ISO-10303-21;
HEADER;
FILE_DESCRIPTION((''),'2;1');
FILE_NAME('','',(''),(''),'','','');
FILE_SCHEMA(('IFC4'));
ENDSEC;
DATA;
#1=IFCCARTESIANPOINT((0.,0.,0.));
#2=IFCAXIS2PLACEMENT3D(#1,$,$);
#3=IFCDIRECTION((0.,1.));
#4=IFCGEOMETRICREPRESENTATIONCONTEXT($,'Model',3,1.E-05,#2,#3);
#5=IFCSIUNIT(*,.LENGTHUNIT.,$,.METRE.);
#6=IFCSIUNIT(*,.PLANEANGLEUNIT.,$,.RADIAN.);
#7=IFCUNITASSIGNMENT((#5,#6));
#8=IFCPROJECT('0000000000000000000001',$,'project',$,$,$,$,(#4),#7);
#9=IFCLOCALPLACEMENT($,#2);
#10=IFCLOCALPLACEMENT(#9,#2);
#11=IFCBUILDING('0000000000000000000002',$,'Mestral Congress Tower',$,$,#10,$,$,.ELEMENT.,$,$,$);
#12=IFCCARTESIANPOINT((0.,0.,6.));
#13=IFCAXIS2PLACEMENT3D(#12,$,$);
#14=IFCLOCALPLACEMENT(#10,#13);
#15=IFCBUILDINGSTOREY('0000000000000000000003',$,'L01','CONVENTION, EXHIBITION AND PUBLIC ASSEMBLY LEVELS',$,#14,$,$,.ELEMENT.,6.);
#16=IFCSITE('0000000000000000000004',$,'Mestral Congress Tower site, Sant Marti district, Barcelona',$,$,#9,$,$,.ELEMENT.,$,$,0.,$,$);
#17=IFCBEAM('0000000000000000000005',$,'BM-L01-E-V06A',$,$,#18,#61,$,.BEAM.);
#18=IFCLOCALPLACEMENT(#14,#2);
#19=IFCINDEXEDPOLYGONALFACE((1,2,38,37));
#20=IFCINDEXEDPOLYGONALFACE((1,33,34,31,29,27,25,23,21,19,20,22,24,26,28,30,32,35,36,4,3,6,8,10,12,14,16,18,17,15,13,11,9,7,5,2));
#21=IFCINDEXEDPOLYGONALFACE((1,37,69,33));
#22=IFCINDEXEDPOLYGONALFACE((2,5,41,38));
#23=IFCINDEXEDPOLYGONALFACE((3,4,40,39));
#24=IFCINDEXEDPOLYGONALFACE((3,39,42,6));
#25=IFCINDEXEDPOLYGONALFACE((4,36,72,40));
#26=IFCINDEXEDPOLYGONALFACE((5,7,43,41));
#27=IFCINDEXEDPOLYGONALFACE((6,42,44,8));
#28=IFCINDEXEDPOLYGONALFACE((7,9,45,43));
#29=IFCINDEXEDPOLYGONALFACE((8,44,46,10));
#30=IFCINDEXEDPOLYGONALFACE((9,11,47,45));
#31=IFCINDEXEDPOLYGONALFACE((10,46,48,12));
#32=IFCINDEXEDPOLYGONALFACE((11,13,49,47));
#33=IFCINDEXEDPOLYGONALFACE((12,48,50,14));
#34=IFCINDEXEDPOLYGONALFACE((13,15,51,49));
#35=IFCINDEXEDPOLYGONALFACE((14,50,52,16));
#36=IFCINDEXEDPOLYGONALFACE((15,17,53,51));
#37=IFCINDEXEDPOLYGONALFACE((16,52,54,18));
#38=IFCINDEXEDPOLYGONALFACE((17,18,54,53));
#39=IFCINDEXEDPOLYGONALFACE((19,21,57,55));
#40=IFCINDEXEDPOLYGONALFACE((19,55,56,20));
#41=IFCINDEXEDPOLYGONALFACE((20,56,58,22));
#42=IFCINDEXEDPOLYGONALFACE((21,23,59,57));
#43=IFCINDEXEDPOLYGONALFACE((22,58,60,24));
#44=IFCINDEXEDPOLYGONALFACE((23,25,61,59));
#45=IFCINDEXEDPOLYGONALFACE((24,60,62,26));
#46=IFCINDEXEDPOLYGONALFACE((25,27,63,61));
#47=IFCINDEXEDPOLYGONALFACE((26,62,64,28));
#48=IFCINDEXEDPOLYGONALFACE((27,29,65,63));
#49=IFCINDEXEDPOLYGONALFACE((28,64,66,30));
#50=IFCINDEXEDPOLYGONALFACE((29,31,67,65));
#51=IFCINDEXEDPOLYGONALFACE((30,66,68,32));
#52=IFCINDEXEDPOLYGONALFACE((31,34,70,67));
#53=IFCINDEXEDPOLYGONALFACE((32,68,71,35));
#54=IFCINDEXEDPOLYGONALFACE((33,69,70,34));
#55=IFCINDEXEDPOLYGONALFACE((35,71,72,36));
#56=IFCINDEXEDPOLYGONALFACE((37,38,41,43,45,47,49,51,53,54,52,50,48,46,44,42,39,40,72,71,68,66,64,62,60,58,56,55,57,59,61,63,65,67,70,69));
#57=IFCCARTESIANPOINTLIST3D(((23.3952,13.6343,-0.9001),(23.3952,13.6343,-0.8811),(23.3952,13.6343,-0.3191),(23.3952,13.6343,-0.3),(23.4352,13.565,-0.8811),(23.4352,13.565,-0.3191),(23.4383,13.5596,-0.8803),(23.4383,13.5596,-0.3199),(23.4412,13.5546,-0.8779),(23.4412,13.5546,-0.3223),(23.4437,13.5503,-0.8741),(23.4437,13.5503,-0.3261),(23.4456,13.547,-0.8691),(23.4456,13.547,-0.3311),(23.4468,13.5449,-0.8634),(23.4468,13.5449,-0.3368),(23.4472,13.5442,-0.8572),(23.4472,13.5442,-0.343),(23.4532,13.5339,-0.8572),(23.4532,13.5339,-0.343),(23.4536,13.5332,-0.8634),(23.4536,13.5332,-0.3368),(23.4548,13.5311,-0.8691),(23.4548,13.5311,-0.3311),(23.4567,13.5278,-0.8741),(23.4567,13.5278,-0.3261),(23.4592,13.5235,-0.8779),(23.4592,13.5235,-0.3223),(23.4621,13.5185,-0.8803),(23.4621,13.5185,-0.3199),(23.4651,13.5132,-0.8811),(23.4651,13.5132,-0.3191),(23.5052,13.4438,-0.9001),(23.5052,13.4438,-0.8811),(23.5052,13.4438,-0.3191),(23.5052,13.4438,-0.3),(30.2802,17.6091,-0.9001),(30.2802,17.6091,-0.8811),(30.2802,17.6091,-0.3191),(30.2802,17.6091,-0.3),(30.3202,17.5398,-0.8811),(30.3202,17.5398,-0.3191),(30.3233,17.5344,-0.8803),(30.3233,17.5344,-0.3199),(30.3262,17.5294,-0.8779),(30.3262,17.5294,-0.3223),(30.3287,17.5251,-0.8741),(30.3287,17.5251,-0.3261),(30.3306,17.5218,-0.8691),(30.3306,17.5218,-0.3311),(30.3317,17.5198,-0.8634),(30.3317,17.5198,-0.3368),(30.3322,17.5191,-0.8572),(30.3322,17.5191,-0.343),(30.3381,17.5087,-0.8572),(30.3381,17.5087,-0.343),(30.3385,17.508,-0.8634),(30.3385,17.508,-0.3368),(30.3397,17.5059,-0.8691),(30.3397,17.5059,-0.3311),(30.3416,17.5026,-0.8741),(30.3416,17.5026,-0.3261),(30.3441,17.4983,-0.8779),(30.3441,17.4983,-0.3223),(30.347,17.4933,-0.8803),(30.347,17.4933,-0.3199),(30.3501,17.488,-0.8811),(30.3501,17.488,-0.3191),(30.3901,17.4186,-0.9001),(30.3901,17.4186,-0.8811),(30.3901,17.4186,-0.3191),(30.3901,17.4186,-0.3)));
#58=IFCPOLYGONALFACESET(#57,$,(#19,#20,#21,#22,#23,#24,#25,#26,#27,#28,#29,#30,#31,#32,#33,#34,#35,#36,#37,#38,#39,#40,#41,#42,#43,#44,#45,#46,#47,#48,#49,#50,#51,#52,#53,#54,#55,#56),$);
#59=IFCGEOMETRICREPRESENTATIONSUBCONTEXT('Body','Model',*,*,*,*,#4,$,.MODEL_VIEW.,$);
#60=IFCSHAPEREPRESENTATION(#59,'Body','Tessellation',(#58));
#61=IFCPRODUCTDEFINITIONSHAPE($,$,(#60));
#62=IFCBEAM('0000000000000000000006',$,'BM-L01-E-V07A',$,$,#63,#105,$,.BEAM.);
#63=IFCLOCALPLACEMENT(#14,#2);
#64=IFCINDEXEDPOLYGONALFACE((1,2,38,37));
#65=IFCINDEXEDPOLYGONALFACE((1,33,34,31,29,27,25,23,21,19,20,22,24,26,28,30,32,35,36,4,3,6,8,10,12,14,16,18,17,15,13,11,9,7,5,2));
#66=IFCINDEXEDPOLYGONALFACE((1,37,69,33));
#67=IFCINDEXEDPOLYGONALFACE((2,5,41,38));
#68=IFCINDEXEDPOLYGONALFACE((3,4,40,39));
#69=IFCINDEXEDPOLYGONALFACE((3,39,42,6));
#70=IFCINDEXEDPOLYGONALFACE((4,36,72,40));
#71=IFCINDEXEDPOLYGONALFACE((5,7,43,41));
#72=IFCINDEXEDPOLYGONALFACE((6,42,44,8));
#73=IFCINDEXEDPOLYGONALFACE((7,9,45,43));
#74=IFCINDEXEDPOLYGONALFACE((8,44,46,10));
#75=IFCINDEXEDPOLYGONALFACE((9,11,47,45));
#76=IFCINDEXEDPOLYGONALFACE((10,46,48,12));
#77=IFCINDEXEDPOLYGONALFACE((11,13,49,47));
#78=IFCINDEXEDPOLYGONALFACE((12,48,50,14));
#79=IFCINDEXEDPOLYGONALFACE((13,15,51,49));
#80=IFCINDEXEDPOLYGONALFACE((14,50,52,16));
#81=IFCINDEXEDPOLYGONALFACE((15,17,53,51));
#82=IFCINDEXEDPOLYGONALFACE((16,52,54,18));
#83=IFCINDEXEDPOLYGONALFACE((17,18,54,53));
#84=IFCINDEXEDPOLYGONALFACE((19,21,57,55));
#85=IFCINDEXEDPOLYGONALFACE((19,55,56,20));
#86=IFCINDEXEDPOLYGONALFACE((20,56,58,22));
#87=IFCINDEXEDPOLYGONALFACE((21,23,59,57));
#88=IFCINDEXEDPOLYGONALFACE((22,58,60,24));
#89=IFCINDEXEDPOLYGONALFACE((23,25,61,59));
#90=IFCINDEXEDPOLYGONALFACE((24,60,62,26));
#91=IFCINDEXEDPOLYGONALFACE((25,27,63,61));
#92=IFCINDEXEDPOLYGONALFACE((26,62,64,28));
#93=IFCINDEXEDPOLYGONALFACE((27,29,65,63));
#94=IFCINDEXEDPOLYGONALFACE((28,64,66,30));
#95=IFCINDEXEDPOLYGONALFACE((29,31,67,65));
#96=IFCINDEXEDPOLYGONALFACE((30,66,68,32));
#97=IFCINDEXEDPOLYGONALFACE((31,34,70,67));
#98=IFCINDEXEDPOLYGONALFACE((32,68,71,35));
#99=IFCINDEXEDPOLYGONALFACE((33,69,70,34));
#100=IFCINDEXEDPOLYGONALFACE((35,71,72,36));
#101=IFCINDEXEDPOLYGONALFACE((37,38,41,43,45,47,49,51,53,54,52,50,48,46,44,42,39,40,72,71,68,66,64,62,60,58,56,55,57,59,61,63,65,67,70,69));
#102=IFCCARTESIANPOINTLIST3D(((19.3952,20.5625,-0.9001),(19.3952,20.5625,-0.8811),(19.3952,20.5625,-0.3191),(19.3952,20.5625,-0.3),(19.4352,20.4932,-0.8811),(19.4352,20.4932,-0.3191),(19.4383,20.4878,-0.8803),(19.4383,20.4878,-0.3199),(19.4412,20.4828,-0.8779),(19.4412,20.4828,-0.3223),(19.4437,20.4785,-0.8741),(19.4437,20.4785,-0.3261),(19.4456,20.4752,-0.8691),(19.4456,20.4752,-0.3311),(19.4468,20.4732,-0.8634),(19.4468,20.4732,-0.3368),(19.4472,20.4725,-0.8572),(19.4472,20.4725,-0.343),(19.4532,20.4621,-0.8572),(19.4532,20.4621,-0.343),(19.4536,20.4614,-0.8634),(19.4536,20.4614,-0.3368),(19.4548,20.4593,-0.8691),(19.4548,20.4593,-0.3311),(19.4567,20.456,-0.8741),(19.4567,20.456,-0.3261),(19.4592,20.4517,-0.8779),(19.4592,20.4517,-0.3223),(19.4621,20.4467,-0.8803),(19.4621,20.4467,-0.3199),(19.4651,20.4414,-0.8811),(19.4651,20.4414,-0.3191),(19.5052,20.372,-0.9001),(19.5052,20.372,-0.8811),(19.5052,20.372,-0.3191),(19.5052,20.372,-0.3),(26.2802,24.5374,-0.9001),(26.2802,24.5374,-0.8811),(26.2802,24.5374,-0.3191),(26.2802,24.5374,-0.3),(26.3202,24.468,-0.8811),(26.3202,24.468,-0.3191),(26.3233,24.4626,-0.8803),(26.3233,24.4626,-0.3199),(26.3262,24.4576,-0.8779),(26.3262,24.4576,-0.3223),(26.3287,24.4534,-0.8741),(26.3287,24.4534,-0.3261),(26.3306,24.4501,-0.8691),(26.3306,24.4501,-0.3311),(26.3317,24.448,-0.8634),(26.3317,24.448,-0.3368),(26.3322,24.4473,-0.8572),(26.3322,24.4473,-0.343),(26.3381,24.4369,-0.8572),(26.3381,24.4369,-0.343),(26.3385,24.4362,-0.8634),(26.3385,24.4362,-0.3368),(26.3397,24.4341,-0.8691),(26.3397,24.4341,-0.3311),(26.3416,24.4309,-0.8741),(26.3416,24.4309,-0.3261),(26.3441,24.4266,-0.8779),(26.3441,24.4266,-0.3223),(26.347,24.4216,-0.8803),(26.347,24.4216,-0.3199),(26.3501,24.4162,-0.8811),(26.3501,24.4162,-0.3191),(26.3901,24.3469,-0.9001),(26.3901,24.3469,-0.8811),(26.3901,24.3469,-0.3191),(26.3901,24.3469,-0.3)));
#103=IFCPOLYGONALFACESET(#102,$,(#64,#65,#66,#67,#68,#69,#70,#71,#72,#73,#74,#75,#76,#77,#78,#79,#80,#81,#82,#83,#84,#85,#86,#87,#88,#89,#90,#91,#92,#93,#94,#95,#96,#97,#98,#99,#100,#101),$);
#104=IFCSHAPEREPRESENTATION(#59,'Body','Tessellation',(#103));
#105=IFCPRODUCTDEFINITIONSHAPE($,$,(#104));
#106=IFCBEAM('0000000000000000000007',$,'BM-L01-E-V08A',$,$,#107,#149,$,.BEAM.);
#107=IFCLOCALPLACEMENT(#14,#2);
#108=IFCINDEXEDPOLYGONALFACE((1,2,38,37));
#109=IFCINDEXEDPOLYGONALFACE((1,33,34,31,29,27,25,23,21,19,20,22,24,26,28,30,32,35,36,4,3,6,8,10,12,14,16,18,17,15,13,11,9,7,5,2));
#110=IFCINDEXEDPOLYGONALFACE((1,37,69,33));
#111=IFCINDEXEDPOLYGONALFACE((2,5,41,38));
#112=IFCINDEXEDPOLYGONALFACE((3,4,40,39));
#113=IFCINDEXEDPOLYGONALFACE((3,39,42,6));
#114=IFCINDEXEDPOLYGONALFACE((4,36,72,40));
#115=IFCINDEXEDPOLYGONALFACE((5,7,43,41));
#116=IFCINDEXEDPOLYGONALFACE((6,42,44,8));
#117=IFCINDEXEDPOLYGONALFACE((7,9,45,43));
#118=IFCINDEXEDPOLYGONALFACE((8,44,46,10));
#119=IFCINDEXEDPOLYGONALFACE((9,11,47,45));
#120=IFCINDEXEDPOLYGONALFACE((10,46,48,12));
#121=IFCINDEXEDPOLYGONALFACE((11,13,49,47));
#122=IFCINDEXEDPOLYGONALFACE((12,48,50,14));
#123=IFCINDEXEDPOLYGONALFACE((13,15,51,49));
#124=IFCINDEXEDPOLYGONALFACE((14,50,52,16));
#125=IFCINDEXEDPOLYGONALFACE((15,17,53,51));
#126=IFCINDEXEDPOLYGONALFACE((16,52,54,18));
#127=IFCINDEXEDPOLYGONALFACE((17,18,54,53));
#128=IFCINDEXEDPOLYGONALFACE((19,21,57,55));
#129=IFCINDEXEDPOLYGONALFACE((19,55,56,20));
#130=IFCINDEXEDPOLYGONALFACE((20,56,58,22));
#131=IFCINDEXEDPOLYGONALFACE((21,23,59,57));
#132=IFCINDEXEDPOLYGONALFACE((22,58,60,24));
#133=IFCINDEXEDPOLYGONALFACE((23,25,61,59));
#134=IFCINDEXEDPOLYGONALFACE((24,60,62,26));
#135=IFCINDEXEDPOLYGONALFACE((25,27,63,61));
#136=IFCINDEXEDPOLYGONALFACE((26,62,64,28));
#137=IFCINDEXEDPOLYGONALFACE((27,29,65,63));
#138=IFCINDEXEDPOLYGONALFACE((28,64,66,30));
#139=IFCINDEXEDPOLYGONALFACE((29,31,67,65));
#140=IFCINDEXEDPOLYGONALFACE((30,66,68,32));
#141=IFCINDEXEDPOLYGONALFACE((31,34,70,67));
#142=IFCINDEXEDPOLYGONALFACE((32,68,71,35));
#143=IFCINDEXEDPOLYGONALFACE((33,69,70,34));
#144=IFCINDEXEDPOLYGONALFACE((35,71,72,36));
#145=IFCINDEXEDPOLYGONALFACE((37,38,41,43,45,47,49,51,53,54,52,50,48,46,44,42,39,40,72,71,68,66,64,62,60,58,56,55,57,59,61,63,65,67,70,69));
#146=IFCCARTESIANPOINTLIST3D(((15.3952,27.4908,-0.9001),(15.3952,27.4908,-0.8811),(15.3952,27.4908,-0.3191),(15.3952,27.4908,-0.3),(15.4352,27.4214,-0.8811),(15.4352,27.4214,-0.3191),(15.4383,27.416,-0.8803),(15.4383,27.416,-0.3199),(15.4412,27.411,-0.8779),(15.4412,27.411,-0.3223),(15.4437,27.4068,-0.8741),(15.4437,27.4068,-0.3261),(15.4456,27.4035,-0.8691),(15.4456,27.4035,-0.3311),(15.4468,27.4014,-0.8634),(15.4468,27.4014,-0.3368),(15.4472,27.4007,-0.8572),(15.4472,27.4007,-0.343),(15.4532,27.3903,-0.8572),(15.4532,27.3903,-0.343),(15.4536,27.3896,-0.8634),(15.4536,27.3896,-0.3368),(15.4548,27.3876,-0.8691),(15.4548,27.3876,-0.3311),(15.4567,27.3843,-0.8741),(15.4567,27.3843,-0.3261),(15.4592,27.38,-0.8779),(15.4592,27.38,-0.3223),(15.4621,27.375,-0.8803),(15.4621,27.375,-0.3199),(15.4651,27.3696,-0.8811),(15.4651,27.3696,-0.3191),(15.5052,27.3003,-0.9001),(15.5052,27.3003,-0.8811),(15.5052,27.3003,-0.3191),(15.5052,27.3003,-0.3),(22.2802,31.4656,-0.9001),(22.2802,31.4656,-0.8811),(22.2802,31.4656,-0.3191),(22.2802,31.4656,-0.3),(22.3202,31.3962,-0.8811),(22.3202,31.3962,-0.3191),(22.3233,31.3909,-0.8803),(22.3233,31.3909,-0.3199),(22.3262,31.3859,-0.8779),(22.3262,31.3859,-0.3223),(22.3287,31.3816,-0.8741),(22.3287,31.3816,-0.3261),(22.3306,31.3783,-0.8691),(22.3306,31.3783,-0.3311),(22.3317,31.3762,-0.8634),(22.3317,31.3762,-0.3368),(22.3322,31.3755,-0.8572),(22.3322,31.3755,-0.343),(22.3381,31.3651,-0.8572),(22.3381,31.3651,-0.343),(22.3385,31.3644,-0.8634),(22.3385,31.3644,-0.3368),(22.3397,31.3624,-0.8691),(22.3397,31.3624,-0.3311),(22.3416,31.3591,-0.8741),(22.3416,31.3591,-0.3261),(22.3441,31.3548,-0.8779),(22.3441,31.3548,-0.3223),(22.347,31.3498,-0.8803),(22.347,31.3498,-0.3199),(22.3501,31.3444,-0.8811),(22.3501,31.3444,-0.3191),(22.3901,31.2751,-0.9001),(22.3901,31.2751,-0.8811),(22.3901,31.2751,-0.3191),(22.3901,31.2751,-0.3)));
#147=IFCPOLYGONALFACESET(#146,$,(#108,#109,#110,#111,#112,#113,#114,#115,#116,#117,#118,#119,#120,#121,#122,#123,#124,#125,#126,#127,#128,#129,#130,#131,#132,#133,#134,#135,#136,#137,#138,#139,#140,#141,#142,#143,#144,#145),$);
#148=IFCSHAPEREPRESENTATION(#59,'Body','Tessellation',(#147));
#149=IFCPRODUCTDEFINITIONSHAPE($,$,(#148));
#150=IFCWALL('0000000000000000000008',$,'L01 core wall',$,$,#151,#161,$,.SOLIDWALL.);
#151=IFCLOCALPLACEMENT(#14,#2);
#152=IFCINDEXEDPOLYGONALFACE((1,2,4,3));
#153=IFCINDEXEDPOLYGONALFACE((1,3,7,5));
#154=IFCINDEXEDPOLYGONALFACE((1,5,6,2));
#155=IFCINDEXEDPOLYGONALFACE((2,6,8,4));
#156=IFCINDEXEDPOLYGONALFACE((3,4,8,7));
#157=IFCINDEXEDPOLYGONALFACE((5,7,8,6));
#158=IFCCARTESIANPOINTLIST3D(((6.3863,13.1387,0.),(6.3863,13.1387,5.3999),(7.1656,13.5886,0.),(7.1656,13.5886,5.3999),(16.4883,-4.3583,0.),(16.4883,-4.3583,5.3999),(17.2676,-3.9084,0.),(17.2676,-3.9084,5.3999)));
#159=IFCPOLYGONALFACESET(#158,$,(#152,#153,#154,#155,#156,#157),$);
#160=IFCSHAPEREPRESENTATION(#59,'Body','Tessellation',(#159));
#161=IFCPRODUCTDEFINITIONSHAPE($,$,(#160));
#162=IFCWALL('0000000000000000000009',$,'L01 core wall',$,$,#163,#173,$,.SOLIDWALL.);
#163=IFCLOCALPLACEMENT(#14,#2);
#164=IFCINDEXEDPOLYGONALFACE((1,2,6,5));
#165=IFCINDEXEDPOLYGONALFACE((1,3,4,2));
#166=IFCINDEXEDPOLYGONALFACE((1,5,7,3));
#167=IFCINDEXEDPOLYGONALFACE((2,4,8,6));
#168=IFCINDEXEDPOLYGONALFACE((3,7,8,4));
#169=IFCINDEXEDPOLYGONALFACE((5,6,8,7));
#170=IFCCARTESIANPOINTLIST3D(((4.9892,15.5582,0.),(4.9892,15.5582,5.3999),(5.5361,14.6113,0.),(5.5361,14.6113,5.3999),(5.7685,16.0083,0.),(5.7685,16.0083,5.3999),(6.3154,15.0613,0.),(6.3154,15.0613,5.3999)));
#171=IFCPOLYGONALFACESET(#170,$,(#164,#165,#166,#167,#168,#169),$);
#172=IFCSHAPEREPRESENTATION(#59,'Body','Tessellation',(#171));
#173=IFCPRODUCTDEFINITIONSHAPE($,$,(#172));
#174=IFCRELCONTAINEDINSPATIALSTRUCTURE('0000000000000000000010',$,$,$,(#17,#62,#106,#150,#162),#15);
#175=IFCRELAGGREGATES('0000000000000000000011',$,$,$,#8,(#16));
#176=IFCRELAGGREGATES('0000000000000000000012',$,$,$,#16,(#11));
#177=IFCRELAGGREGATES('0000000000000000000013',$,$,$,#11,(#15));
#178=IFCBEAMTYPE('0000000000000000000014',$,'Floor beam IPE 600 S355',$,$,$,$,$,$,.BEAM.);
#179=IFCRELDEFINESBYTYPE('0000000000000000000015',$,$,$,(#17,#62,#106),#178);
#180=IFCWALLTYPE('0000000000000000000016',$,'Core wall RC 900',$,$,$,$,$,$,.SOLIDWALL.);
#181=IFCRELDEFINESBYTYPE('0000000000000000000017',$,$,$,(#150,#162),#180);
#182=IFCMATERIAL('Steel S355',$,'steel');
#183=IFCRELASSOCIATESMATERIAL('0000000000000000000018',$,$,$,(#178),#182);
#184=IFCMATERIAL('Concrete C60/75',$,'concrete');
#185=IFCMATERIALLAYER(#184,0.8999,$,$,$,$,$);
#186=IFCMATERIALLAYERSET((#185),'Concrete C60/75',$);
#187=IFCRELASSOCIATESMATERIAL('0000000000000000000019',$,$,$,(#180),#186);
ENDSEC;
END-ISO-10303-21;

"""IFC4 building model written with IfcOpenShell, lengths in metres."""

from ifc_helpers import new_model, si_unit, direction, frame, frame_2d, origin, origin_2d, place, context, subcontext, project, spatial, rectangle, i_section, extrude, material, layer, layer_set, material_profile, profile_set, type_object, element, save


model = new_model("IFC4")

# Units and contexts
model_context = context("Model", 3, precision=1e-05, world=origin(), true_north=direction((0.0, 1.0)))
body_context = subcontext(model_context, "Body", "Model", "MODEL_VIEW")
ifc_project = project(units=[si_unit("LENGTHUNIT", "METRE"), si_unit("PLANEANGLEUNIT", "RADIAN")], contexts=[model_context])

# Site, building, storey
site_placement = place(None, origin())
site = spatial("IfcSite", under=ifc_project, at=site_placement, Name="Mestral Congress Tower site, Sant Marti district, Barcelona", CompositionType="ELEMENT", RefElevation=0.0)
building_placement = place(site_placement, origin())
building = spatial("IfcBuilding", under=site, at=building_placement, Name="Mestral Congress Tower", CompositionType="ELEMENT")
storey_placement = place(building_placement, frame((0.0, 0.0, 6.0)))
storey = spatial("IfcBuildingStorey", under=building, at=storey_placement, Name="L01", Description="CONVENTION, EXHIBITION AND PUBLIC ASSEMBLY LEVELS", CompositionType="ELEMENT", Elevation=6.0)

# Beams
ifc_material_1 = material(Name="Steel S355", Category="steel")
ifc_material_profile_1 = material_profile(ifc_material_1, i_section(OverallWidth=0.22, OverallDepth=0.6001, WebThickness=0.012, FlangeThickness=0.019, FilletRadius=0.0239, at=origin_2d()), Name="IPE 600")
ifc_profile_set_1 = profile_set([ifc_material_profile_1], Name="Steel S355")
beam_type_1 = type_object("IfcBeamType", Name="Floor beam IPE 600 S355", PredefinedType="BEAM", material=ifc_profile_set_1)
for number, where, z_axis, x_axis, name in (
    (1, (23.4502, 13.5391, -0.6001), (0.866037, 0.49998, 0.0), (-0.49998, 0.866037, 0.0), "BM-L01-E-V06A"),
    (2, (19.4502, 20.4673, -0.6001), (0.866037, 0.49998, 0.0), (-0.49998, 0.866037, 0.0), "BM-L01-E-V07A"),
    (3, (15.4502, 27.3955, -0.6001), (0.866037, 0.49998, 0.0), (-0.49998, 0.866037, 0.0), "BM-L01-E-V08A"),
):
    element("IfcBeam", number, at=place(storey_placement, frame(where, z_axis=z_axis, x_axis=x_axis)), inside=storey, type_object=beam_type_1, Name=name, PredefinedType="BEAM", context=body_context, shape_type="SweptSolid", body=[
        extrude(i_section(OverallWidth=0.22, OverallDepth=0.6001, WebThickness=0.012, FlangeThickness=0.019, FilletRadius=0.0239, at=origin_2d()), origin(), (0.0, 0.0, 1.0), 7.95),
    ])

# Walls
ifc_material_2 = material(Name="Concrete C60/75", Category="concrete")
ifc_layer_1 = layer(ifc_material_2, 0.8999)
ifc_layer_set_1 = layer_set([ifc_layer_1], Name="Concrete C60/75")
wall_type_1 = type_object("IfcWallType", Name="Core wall RC 900", PredefinedType="SOLIDWALL", material=ifc_layer_set_1)
wall_1_placement = place(storey_placement, frame((6.7759, 13.3638, 0.0), z_axis=(0.0, 0.0, 1.0), x_axis=(0.500004, -0.866023, 0.0)))
element("IfcWall", 4, at=wall_1_placement, inside=storey, type_object=wall_type_1, Name="L01 core wall", PredefinedType="SOLIDWALL", context=body_context, shape_type="SweptSolid", body=[
    extrude(rectangle(XDim=20.2039, YDim=0.8999, at=frame_2d((10.1021, 0.0))), origin(), (0.0, 0.0, 1.0), 5.3999),
])
wall_2_placement = place(storey_placement, frame((5.9258, 14.8362, 0.0), z_axis=(0.0, 0.0, 1.0), x_axis=(-0.500077, 0.865981, 0.0)))
element("IfcWall", 5, at=wall_2_placement, inside=storey, type_object=wall_type_1, Name="L01 core wall", PredefinedType="SOLIDWALL", context=body_context, shape_type="SweptSolid", body=[
    extrude(rectangle(XDim=1.0935, YDim=0.8999, at=frame_2d((0.5469, 0.0))), origin(), (0.0, 0.0, 1.0), 5.3999),
])

save(model, "model.ifc")
